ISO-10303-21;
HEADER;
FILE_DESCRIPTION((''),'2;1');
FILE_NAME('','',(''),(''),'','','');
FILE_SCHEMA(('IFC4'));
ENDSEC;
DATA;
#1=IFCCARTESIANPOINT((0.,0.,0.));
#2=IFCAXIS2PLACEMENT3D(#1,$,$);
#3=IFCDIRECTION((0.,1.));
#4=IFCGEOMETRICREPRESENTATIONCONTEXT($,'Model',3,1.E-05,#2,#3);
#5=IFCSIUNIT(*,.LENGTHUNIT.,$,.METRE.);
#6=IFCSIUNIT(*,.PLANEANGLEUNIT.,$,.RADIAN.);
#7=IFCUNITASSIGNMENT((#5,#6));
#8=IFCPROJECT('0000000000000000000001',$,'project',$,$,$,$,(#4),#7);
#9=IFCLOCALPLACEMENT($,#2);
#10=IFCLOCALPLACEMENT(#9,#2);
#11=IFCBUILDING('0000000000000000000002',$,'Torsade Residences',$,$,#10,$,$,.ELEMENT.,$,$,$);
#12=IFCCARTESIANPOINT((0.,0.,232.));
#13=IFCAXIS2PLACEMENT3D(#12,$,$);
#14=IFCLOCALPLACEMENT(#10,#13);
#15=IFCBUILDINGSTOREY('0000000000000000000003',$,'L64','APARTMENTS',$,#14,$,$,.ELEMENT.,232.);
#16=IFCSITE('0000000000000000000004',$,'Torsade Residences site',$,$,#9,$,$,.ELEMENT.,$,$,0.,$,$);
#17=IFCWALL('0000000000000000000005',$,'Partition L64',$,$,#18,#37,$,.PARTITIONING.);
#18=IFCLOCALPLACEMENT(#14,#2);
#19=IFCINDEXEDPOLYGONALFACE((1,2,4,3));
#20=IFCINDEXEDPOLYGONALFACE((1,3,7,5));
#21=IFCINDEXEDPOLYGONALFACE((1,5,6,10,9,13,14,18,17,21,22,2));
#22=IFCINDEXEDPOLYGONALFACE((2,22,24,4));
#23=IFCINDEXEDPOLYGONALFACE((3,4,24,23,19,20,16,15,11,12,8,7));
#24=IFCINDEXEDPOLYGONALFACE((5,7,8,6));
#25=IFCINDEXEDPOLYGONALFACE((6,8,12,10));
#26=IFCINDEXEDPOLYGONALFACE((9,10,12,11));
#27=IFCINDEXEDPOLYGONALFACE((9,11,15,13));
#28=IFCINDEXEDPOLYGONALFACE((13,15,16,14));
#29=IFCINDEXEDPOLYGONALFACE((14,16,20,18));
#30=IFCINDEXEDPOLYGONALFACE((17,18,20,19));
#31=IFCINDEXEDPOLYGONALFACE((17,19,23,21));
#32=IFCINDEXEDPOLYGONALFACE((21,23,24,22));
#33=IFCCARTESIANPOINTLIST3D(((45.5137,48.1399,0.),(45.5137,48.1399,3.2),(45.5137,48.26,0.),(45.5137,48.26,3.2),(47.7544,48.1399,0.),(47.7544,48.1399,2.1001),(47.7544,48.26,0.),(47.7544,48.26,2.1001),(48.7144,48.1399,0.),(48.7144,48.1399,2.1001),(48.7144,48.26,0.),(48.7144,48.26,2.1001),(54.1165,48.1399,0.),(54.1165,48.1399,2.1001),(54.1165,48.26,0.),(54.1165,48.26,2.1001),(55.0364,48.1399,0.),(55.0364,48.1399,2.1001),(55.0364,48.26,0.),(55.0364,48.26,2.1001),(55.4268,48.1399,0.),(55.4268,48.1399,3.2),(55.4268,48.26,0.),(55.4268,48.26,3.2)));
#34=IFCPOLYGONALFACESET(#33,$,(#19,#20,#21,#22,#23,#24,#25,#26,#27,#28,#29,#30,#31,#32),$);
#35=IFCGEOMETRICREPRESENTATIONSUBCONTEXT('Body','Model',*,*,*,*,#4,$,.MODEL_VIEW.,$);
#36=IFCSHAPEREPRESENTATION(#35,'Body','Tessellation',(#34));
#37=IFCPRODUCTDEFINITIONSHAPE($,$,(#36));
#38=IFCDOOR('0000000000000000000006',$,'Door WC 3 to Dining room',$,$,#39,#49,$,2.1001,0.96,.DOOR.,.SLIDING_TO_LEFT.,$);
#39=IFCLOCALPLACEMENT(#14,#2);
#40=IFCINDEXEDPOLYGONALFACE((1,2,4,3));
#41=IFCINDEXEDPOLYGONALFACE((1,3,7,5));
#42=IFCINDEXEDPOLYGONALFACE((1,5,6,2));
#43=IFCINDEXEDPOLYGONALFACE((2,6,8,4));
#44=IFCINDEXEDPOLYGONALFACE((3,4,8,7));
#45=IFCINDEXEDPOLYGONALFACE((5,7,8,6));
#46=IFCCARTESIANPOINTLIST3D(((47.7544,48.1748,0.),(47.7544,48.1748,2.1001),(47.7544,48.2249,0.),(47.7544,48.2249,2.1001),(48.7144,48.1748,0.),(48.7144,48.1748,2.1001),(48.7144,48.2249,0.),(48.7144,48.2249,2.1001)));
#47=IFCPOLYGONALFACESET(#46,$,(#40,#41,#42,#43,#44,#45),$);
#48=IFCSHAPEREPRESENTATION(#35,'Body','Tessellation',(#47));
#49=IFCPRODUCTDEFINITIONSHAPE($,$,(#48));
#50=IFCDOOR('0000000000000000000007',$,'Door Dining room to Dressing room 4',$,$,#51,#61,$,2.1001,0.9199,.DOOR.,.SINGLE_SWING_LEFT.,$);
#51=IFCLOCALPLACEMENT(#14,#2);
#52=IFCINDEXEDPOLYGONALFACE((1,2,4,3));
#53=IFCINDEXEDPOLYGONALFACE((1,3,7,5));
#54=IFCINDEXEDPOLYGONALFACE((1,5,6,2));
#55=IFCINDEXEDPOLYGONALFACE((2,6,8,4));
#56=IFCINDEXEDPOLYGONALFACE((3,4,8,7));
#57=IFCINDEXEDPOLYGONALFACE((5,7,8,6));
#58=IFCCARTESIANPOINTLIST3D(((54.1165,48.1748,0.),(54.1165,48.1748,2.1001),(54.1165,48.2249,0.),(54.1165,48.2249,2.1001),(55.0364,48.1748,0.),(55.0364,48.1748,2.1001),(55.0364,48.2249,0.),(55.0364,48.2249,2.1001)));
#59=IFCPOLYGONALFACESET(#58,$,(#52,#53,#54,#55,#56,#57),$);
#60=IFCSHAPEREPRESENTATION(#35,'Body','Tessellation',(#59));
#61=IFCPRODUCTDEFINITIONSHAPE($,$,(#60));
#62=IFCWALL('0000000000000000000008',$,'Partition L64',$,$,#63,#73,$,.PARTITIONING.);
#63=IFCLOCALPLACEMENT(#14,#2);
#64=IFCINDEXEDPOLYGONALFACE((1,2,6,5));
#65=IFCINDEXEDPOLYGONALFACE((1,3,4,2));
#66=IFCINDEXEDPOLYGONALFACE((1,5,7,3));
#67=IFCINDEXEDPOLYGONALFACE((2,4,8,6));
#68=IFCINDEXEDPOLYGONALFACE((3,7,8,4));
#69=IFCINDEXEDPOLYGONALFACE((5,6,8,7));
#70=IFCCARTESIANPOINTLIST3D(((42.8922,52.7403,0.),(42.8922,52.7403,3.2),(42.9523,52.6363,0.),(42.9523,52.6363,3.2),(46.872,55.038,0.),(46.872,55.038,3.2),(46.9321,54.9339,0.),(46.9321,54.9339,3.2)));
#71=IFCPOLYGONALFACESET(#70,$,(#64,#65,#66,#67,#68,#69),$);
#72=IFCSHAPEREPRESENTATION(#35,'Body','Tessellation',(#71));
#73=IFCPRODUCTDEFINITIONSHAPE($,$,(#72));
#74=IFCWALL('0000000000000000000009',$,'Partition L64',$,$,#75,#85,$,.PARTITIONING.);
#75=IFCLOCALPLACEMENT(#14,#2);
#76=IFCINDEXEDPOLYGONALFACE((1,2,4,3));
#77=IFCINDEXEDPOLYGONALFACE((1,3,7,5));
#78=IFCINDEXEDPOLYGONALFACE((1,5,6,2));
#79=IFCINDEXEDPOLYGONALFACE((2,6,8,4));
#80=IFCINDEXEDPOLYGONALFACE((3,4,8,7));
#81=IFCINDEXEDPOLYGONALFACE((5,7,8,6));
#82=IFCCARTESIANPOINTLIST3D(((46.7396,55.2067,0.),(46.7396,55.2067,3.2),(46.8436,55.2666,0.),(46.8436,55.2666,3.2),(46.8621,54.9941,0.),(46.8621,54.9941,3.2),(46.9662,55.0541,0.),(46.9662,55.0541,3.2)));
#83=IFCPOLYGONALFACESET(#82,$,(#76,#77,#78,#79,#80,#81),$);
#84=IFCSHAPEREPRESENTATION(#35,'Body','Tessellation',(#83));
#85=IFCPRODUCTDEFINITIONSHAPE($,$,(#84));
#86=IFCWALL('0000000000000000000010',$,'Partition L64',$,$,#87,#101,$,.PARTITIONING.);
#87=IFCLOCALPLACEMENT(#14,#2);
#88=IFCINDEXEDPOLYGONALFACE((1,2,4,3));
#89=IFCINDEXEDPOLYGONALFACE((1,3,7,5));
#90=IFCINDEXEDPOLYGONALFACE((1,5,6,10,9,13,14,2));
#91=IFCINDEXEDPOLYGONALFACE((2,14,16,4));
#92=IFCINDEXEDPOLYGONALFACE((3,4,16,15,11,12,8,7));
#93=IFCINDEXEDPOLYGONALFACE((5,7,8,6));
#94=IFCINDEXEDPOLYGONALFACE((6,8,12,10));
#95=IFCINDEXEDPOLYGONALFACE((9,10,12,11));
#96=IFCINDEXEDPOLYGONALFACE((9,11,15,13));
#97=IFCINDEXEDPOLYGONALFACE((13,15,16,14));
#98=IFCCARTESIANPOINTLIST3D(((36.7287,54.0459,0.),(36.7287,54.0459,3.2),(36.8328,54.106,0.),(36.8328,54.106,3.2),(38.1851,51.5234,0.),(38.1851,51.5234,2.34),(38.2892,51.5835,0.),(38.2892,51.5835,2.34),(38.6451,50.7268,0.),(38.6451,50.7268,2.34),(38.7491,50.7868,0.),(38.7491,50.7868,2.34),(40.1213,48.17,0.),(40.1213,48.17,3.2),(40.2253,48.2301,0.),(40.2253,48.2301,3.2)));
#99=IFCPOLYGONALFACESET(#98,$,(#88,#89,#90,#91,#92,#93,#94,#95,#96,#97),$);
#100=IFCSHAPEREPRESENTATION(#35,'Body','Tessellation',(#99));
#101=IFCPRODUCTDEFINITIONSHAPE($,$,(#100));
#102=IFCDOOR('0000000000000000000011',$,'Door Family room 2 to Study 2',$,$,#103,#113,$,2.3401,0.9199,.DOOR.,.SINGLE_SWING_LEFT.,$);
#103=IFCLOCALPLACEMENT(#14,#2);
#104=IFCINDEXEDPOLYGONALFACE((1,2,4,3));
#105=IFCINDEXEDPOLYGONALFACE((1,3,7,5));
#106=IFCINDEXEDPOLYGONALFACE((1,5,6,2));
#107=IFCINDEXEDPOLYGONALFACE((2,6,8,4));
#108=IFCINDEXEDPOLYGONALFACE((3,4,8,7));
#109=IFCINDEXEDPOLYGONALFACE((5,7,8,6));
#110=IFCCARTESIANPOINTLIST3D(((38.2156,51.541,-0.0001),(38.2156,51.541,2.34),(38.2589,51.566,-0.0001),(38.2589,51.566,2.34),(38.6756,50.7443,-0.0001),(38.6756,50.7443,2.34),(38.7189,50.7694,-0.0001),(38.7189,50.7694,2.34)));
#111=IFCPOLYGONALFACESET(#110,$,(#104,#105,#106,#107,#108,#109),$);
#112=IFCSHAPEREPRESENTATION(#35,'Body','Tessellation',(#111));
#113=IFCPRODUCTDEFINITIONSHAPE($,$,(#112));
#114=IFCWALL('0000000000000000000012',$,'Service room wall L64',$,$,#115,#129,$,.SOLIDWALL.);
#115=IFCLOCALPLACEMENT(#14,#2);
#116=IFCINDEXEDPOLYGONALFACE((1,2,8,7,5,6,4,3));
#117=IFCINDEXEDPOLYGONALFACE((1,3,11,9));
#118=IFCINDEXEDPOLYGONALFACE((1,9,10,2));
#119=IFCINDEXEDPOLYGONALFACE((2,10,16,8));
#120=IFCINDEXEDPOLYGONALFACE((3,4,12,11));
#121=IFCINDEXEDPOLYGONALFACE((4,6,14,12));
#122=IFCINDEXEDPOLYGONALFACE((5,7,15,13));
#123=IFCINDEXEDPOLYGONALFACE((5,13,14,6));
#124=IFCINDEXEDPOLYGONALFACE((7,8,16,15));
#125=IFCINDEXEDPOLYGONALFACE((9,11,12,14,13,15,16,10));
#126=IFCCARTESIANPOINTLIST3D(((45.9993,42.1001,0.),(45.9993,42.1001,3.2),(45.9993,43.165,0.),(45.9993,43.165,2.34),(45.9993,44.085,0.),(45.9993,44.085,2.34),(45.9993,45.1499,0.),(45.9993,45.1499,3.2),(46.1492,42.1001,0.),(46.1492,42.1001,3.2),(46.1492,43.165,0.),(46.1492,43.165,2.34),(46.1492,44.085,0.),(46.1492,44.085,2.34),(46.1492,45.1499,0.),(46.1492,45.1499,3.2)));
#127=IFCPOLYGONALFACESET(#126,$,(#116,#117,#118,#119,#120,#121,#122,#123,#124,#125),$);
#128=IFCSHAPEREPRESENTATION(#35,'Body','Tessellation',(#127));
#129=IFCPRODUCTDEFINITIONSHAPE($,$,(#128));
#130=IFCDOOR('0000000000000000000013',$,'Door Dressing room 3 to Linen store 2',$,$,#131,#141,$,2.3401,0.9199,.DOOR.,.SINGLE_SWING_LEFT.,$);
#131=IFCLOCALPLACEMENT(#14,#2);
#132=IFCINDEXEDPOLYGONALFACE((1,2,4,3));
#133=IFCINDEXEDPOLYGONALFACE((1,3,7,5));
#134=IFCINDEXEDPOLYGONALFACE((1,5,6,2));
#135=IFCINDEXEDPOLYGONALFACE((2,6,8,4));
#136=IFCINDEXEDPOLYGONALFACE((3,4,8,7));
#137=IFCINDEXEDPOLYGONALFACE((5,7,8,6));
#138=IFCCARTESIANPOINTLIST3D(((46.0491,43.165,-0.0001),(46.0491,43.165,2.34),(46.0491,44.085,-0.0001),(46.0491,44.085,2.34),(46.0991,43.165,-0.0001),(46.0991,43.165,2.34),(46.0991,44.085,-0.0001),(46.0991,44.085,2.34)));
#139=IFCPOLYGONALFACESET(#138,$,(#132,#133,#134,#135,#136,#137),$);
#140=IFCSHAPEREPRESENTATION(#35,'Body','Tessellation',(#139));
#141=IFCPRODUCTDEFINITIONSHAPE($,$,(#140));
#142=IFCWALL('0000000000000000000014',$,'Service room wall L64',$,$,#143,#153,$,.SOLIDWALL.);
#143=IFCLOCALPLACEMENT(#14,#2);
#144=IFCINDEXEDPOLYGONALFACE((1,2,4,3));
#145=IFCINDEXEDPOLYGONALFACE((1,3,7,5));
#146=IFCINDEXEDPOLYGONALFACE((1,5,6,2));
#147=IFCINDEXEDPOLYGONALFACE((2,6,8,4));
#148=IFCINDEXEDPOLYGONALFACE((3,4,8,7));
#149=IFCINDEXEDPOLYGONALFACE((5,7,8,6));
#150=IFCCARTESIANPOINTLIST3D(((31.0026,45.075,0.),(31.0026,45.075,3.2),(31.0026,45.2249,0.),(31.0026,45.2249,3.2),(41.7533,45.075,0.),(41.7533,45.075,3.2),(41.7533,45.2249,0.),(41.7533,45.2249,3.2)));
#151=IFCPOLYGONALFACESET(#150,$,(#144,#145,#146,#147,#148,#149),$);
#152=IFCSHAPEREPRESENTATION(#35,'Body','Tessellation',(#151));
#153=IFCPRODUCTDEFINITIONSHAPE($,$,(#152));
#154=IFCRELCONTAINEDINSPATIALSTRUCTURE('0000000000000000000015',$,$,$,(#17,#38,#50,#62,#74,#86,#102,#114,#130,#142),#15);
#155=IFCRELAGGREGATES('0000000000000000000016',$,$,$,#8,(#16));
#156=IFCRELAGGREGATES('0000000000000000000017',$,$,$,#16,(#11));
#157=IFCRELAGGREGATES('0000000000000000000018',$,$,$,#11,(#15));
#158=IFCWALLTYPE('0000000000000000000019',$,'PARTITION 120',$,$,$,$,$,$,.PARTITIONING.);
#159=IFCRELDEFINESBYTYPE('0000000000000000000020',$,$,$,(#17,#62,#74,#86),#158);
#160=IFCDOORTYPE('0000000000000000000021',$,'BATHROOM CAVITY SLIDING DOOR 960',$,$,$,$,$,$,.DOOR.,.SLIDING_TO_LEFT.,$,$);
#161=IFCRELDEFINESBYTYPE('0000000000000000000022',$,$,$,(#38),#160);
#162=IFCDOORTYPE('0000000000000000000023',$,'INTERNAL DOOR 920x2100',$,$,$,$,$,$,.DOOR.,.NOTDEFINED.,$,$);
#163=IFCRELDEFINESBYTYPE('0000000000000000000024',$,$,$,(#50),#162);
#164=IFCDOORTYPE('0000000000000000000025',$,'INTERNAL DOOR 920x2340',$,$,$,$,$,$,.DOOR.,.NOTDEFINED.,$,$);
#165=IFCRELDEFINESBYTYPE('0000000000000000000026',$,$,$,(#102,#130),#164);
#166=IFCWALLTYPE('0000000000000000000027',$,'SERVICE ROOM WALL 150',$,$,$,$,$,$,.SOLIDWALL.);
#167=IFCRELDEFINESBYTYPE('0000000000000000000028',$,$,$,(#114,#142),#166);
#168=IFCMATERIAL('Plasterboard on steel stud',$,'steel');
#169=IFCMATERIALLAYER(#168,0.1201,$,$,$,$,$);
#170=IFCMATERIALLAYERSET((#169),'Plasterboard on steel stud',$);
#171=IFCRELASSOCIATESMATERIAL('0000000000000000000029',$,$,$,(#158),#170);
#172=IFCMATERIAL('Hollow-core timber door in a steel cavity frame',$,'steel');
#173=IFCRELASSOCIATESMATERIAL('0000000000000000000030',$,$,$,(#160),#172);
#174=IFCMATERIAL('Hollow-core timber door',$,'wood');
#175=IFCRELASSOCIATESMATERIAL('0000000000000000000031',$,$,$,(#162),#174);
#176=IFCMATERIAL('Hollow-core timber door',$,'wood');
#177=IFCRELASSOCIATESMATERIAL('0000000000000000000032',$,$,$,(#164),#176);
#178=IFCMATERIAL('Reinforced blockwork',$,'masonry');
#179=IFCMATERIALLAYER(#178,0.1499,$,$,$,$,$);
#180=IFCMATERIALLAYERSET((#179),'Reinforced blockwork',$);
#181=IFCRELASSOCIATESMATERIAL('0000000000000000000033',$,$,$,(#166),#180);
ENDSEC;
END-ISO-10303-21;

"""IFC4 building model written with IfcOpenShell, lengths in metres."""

from ifc_helpers import new_model, si_unit, direction, frame, frame_2d, origin, place, context, subcontext, project, spatial, rectangle, extrude, material, layer, layer_set, type_object, element, fill, save


model = new_model("IFC4")

# Units and contexts
model_context = context("Model", 3, precision=1e-05, world=origin(), true_north=direction((0.0, 1.0)))
body_context = subcontext(model_context, "Body", "Model", "MODEL_VIEW")
ifc_project = project(units=[si_unit("LENGTHUNIT", "METRE"), si_unit("PLANEANGLEUNIT", "RADIAN")], contexts=[model_context])

# Site, building, storey
site_placement = place(None, origin())
site = spatial("IfcSite", under=ifc_project, at=site_placement, Name="Torsade Residences site", CompositionType="ELEMENT", RefElevation=0.0)
building_placement = place(site_placement, origin())
building = spatial("IfcBuilding", under=site, at=building_placement, Name="Torsade Residences", CompositionType="ELEMENT")
storey_placement = place(building_placement, frame((0.0, 0.0, 232.0)))
storey = spatial("IfcBuildingStorey", under=building, at=storey_placement, Name="L64", Description="APARTMENTS", CompositionType="ELEMENT", Elevation=232.0)

# Shared definitions
ifc_material_1 = material(Name="Plasterboard on steel stud", Category="steel")
ifc_layer_1 = layer(ifc_material_1, 0.1201)
ifc_layer_set_1 = layer_set([ifc_layer_1], Name="Plasterboard on steel stud")
wall_type_1 = type_object("IfcWallType", Name="PARTITION 120", PredefinedType="PARTITIONING", material=ifc_layer_set_1)

# Shared definitions
ifc_material_2 = material(Name="Hollow-core timber door in a steel cavity frame", Category="steel")
door_type_1 = type_object("IfcDoorType", Name="BATHROOM CAVITY SLIDING DOOR 960", OperationType="SLIDING_TO_LEFT", PredefinedType="DOOR", material=ifc_material_2)

# Wall, openings, doors
wall_1_placement = place(storey_placement, frame((45.5137, 48.2, 0.0), z_axis=(0.0, 0.0, 1.0), x_axis=(1.0, 0.0, 0.0)))
wall_1 = element("IfcWall", 1, at=wall_1_placement, inside=storey, type_object=wall_type_1, Name="Partition L64", PredefinedType="PARTITIONING", context=body_context, shape_type="SweptSolid", body=[
    extrude(rectangle(XDim=9.9131, YDim=0.1201, at=frame_2d((4.9565, 0.0))), origin(), (0.0, 0.0, 1.0), 3.2),
])
opening_1_placement = place(wall_1_placement, frame((2.2407, 0.0, 0.0)))
opening_1 = element("IfcOpeningElement", 2, at=opening_1_placement, cuts=wall_1, PredefinedType="OPENING", context=body_context, shape_type="SweptSolid", body=[
    extrude(rectangle(XDim=0.96, YDim=2.1001, at=frame_2d((0.48, 1.05))), frame((0.0, 0.0701, 0.0), z_axis=(0.0, -1.0, 0.0), x_axis=(1.0, 0.0, 0.0)), (0.0, 0.0, 1.0), 0.1401),
])
opening_2_placement = place(wall_1_placement, frame((8.6028, 0.0, 0.0)))
opening_2 = element("IfcOpeningElement", 3, at=opening_2_placement, cuts=wall_1, PredefinedType="OPENING", context=body_context, shape_type="SweptSolid", body=[
    extrude(rectangle(XDim=0.9199, YDim=2.1001, at=frame_2d((0.46, 1.05))), frame((0.0, 0.0701, 0.0), z_axis=(0.0, -1.0, 0.0), x_axis=(1.0, 0.0, 0.0)), (0.0, 0.0, 1.0), 0.1401),
])
door_1_placement = place(opening_1_placement, origin())
door_1 = element("IfcDoor", 4, at=door_1_placement, inside=storey, type_object=door_type_1, Name="Door WC 3 to Dining room", OperationType="SLIDING_TO_LEFT", OverallHeight=2.1001, OverallWidth=0.96, PredefinedType="DOOR", context=body_context, shape_type="SweptSolid", body=[
    extrude(rectangle(XDim=0.96, YDim=2.1001, at=frame_2d((0.48, 1.05))), frame((0.0, 0.0249, 0.0), z_axis=(0.0, -1.0, 0.0), x_axis=(1.0, 0.0, 0.0)), (0.0, 0.0, 1.0), 0.05),
])
fill(opening_1, door_1)
ifc_material_3 = material(Name="Hollow-core timber door", Category="wood")
door_type_2 = type_object("IfcDoorType", Name="INTERNAL DOOR 920x2100", OperationType="NOTDEFINED", PredefinedType="DOOR", material=ifc_material_3)
door_2_placement = place(opening_2_placement, origin())
door_2 = element("IfcDoor", 5, at=door_2_placement, inside=storey, type_object=door_type_2, Name="Door Dining room to Dressing room 4", OperationType="SINGLE_SWING_LEFT", OverallHeight=2.1001, OverallWidth=0.9199, PredefinedType="DOOR", context=body_context, shape_type="SweptSolid", body=[
    extrude(rectangle(XDim=0.9199, YDim=2.1001, at=frame_2d((0.46, 1.05))), frame((0.0, 0.0249, 0.0), z_axis=(0.0, -1.0, 0.0), x_axis=(1.0, 0.0, 0.0)), (0.0, 0.0, 1.0), 0.05),
])
fill(opening_2, door_2)

# Walls
wall_2_placement = place(storey_placement, frame((42.9221, 52.6882, 0.0), z_axis=(0.0, 0.0, 1.0), x_axis=(0.866034, 0.499985, 0.0)))
element("IfcWall", 6, at=wall_2_placement, inside=storey, type_object=wall_type_1, Name="Partition L64", PredefinedType="PARTITIONING", context=body_context, shape_type="SweptSolid", body=[
    extrude(rectangle(XDim=4.5955, YDim=0.1201, at=frame_2d((2.2979, 0.0))), origin(), (0.0, 0.0, 1.0), 3.2),
])
wall_3_placement = place(storey_placement, frame((46.9141, 55.0242, 0.0), z_axis=(0.0, 0.0, 1.0), x_axis=(-0.499349, 0.866401, 0.0)))
element("IfcWall", 7, at=wall_3_placement, inside=storey, type_object=wall_type_1, Name="Partition L64", PredefinedType="PARTITIONING", context=body_context, shape_type="SweptSolid", body=[
    extrude(rectangle(XDim=0.2454, YDim=0.1201, at=frame_2d((0.1226, 0.0))), origin(), (0.0, 0.0, 1.0), 3.2),
])

# Walls, openings, doors
wall_4_placement = place(storey_placement, frame((40.1733, 48.2, 0.0), z_axis=(0.0, 0.0, 1.0), x_axis=(-0.500009, 0.86602, 0.0)))
wall_4 = element("IfcWall", 8, at=wall_4_placement, inside=storey, type_object=wall_type_1, Name="Partition L64", PredefinedType="PARTITIONING", context=body_context, shape_type="SweptSolid", body=[
    extrude(rectangle(XDim=6.7849, YDim=0.1201, at=frame_2d((3.3926, 0.0))), origin(), (0.0, 0.0, 1.0), 3.2),
])
opening_3_placement = place(wall_4_placement, frame((2.9524, 0.0, 0.0)))
opening_3 = element("IfcOpeningElement", 9, at=opening_3_placement, cuts=wall_4, PredefinedType="OPENING", context=body_context, shape_type="SweptSolid", body=[
    extrude(rectangle(XDim=0.9199, YDim=2.3401, at=frame_2d((0.46, 1.1699))), frame((0.0, 0.0701, 0.0), z_axis=(0.0, -1.0, 0.0), x_axis=(1.0, 0.0, 0.0)), (0.0, 0.0, 1.0), 0.1401),
])
ifc_material_4 = material(Name="Hollow-core timber door", Category="wood")
door_type_3 = type_object("IfcDoorType", Name="INTERNAL DOOR 920x2340", OperationType="NOTDEFINED", PredefinedType="DOOR", material=ifc_material_4)
door_3_placement = place(opening_3_placement, origin())
door_3 = element("IfcDoor", 10, at=door_3_placement, inside=storey, type_object=door_type_3, Name="Door Family room 2 to Study 2", OperationType="SINGLE_SWING_LEFT", OverallHeight=2.3401, OverallWidth=0.9199, PredefinedType="DOOR", context=body_context, shape_type="SweptSolid", body=[
    extrude(rectangle(XDim=0.9199, YDim=2.3401, at=frame_2d((0.46, 1.1699))), frame((0.0, 0.0249, 0.0), z_axis=(0.0, -1.0, 0.0), x_axis=(1.0, 0.0, 0.0)), (0.0, 0.0, 1.0), 0.05),
])
fill(opening_3, door_3)
ifc_material_5 = material(Name="Reinforced blockwork", Category="masonry")
ifc_layer_2 = layer(ifc_material_5, 0.1499)
ifc_layer_set_2 = layer_set([ifc_layer_2], Name="Reinforced blockwork")
wall_type_2 = type_object("IfcWallType", Name="SERVICE ROOM WALL 150", PredefinedType="SOLIDWALL", material=ifc_layer_set_2)
wall_5_placement = place(storey_placement, frame((46.0742, 45.1499, 0.0), z_axis=(0.0, 0.0, 1.0), x_axis=(0.0, -1.0, 0.0)))
wall_5 = element("IfcWall", 11, at=wall_5_placement, inside=storey, type_object=wall_type_2, Name="Service room wall L64", PredefinedType="SOLIDWALL", context=body_context, shape_type="SweptSolid", body=[
    extrude(rectangle(XDim=3.0498, YDim=0.1499, at=frame_2d((1.5249, 0.0))), origin(), (0.0, 0.0, 1.0), 3.2),
])
opening_4_placement = place(wall_5_placement, frame((1.0649, 0.0, 0.0)))
opening_4 = element("IfcOpeningElement", 12, at=opening_4_placement, cuts=wall_5, PredefinedType="OPENING", context=body_context, shape_type="SweptSolid", body=[
    extrude(rectangle(XDim=0.9199, YDim=2.3401, at=frame_2d((0.46, 1.1699))), frame((0.0, 0.085, 0.0), z_axis=(0.0, -1.0, 0.0), x_axis=(1.0, 0.0, 0.0)), (0.0, 0.0, 1.0), 0.1699),
])
door_4_placement = place(opening_4_placement, origin())
door_4 = element("IfcDoor", 13, at=door_4_placement, inside=storey, type_object=door_type_3, Name="Door Dressing room 3 to Linen store 2", OperationType="SINGLE_SWING_LEFT", OverallHeight=2.3401, OverallWidth=0.9199, PredefinedType="DOOR", context=body_context, shape_type="SweptSolid", body=[
    extrude(rectangle(XDim=0.9199, YDim=2.3401, at=frame_2d((0.46, 1.1699))), frame((0.0, 0.0249, 0.0), z_axis=(0.0, -1.0, 0.0), x_axis=(1.0, 0.0, 0.0)), (0.0, 0.0, 1.0), 0.05),
])
fill(opening_4, door_4)

# Wall
wall_6_placement = place(storey_placement, frame((41.7534, 45.1499, 0.0), z_axis=(0.0, 0.0, 1.0), x_axis=(-1.0, 0.0, 0.0)))
element("IfcWall", 14, at=wall_6_placement, inside=storey, type_object=wall_type_2, Name="Service room wall L64", PredefinedType="SOLIDWALL", context=body_context, shape_type="SweptSolid", body=[
    extrude(rectangle(XDim=10.7507, YDim=0.1499, at=frame_2d((5.3755, 0.0))), origin(), (0.0, 0.0, 1.0), 3.2),
])

save(model, "model.ifc")
